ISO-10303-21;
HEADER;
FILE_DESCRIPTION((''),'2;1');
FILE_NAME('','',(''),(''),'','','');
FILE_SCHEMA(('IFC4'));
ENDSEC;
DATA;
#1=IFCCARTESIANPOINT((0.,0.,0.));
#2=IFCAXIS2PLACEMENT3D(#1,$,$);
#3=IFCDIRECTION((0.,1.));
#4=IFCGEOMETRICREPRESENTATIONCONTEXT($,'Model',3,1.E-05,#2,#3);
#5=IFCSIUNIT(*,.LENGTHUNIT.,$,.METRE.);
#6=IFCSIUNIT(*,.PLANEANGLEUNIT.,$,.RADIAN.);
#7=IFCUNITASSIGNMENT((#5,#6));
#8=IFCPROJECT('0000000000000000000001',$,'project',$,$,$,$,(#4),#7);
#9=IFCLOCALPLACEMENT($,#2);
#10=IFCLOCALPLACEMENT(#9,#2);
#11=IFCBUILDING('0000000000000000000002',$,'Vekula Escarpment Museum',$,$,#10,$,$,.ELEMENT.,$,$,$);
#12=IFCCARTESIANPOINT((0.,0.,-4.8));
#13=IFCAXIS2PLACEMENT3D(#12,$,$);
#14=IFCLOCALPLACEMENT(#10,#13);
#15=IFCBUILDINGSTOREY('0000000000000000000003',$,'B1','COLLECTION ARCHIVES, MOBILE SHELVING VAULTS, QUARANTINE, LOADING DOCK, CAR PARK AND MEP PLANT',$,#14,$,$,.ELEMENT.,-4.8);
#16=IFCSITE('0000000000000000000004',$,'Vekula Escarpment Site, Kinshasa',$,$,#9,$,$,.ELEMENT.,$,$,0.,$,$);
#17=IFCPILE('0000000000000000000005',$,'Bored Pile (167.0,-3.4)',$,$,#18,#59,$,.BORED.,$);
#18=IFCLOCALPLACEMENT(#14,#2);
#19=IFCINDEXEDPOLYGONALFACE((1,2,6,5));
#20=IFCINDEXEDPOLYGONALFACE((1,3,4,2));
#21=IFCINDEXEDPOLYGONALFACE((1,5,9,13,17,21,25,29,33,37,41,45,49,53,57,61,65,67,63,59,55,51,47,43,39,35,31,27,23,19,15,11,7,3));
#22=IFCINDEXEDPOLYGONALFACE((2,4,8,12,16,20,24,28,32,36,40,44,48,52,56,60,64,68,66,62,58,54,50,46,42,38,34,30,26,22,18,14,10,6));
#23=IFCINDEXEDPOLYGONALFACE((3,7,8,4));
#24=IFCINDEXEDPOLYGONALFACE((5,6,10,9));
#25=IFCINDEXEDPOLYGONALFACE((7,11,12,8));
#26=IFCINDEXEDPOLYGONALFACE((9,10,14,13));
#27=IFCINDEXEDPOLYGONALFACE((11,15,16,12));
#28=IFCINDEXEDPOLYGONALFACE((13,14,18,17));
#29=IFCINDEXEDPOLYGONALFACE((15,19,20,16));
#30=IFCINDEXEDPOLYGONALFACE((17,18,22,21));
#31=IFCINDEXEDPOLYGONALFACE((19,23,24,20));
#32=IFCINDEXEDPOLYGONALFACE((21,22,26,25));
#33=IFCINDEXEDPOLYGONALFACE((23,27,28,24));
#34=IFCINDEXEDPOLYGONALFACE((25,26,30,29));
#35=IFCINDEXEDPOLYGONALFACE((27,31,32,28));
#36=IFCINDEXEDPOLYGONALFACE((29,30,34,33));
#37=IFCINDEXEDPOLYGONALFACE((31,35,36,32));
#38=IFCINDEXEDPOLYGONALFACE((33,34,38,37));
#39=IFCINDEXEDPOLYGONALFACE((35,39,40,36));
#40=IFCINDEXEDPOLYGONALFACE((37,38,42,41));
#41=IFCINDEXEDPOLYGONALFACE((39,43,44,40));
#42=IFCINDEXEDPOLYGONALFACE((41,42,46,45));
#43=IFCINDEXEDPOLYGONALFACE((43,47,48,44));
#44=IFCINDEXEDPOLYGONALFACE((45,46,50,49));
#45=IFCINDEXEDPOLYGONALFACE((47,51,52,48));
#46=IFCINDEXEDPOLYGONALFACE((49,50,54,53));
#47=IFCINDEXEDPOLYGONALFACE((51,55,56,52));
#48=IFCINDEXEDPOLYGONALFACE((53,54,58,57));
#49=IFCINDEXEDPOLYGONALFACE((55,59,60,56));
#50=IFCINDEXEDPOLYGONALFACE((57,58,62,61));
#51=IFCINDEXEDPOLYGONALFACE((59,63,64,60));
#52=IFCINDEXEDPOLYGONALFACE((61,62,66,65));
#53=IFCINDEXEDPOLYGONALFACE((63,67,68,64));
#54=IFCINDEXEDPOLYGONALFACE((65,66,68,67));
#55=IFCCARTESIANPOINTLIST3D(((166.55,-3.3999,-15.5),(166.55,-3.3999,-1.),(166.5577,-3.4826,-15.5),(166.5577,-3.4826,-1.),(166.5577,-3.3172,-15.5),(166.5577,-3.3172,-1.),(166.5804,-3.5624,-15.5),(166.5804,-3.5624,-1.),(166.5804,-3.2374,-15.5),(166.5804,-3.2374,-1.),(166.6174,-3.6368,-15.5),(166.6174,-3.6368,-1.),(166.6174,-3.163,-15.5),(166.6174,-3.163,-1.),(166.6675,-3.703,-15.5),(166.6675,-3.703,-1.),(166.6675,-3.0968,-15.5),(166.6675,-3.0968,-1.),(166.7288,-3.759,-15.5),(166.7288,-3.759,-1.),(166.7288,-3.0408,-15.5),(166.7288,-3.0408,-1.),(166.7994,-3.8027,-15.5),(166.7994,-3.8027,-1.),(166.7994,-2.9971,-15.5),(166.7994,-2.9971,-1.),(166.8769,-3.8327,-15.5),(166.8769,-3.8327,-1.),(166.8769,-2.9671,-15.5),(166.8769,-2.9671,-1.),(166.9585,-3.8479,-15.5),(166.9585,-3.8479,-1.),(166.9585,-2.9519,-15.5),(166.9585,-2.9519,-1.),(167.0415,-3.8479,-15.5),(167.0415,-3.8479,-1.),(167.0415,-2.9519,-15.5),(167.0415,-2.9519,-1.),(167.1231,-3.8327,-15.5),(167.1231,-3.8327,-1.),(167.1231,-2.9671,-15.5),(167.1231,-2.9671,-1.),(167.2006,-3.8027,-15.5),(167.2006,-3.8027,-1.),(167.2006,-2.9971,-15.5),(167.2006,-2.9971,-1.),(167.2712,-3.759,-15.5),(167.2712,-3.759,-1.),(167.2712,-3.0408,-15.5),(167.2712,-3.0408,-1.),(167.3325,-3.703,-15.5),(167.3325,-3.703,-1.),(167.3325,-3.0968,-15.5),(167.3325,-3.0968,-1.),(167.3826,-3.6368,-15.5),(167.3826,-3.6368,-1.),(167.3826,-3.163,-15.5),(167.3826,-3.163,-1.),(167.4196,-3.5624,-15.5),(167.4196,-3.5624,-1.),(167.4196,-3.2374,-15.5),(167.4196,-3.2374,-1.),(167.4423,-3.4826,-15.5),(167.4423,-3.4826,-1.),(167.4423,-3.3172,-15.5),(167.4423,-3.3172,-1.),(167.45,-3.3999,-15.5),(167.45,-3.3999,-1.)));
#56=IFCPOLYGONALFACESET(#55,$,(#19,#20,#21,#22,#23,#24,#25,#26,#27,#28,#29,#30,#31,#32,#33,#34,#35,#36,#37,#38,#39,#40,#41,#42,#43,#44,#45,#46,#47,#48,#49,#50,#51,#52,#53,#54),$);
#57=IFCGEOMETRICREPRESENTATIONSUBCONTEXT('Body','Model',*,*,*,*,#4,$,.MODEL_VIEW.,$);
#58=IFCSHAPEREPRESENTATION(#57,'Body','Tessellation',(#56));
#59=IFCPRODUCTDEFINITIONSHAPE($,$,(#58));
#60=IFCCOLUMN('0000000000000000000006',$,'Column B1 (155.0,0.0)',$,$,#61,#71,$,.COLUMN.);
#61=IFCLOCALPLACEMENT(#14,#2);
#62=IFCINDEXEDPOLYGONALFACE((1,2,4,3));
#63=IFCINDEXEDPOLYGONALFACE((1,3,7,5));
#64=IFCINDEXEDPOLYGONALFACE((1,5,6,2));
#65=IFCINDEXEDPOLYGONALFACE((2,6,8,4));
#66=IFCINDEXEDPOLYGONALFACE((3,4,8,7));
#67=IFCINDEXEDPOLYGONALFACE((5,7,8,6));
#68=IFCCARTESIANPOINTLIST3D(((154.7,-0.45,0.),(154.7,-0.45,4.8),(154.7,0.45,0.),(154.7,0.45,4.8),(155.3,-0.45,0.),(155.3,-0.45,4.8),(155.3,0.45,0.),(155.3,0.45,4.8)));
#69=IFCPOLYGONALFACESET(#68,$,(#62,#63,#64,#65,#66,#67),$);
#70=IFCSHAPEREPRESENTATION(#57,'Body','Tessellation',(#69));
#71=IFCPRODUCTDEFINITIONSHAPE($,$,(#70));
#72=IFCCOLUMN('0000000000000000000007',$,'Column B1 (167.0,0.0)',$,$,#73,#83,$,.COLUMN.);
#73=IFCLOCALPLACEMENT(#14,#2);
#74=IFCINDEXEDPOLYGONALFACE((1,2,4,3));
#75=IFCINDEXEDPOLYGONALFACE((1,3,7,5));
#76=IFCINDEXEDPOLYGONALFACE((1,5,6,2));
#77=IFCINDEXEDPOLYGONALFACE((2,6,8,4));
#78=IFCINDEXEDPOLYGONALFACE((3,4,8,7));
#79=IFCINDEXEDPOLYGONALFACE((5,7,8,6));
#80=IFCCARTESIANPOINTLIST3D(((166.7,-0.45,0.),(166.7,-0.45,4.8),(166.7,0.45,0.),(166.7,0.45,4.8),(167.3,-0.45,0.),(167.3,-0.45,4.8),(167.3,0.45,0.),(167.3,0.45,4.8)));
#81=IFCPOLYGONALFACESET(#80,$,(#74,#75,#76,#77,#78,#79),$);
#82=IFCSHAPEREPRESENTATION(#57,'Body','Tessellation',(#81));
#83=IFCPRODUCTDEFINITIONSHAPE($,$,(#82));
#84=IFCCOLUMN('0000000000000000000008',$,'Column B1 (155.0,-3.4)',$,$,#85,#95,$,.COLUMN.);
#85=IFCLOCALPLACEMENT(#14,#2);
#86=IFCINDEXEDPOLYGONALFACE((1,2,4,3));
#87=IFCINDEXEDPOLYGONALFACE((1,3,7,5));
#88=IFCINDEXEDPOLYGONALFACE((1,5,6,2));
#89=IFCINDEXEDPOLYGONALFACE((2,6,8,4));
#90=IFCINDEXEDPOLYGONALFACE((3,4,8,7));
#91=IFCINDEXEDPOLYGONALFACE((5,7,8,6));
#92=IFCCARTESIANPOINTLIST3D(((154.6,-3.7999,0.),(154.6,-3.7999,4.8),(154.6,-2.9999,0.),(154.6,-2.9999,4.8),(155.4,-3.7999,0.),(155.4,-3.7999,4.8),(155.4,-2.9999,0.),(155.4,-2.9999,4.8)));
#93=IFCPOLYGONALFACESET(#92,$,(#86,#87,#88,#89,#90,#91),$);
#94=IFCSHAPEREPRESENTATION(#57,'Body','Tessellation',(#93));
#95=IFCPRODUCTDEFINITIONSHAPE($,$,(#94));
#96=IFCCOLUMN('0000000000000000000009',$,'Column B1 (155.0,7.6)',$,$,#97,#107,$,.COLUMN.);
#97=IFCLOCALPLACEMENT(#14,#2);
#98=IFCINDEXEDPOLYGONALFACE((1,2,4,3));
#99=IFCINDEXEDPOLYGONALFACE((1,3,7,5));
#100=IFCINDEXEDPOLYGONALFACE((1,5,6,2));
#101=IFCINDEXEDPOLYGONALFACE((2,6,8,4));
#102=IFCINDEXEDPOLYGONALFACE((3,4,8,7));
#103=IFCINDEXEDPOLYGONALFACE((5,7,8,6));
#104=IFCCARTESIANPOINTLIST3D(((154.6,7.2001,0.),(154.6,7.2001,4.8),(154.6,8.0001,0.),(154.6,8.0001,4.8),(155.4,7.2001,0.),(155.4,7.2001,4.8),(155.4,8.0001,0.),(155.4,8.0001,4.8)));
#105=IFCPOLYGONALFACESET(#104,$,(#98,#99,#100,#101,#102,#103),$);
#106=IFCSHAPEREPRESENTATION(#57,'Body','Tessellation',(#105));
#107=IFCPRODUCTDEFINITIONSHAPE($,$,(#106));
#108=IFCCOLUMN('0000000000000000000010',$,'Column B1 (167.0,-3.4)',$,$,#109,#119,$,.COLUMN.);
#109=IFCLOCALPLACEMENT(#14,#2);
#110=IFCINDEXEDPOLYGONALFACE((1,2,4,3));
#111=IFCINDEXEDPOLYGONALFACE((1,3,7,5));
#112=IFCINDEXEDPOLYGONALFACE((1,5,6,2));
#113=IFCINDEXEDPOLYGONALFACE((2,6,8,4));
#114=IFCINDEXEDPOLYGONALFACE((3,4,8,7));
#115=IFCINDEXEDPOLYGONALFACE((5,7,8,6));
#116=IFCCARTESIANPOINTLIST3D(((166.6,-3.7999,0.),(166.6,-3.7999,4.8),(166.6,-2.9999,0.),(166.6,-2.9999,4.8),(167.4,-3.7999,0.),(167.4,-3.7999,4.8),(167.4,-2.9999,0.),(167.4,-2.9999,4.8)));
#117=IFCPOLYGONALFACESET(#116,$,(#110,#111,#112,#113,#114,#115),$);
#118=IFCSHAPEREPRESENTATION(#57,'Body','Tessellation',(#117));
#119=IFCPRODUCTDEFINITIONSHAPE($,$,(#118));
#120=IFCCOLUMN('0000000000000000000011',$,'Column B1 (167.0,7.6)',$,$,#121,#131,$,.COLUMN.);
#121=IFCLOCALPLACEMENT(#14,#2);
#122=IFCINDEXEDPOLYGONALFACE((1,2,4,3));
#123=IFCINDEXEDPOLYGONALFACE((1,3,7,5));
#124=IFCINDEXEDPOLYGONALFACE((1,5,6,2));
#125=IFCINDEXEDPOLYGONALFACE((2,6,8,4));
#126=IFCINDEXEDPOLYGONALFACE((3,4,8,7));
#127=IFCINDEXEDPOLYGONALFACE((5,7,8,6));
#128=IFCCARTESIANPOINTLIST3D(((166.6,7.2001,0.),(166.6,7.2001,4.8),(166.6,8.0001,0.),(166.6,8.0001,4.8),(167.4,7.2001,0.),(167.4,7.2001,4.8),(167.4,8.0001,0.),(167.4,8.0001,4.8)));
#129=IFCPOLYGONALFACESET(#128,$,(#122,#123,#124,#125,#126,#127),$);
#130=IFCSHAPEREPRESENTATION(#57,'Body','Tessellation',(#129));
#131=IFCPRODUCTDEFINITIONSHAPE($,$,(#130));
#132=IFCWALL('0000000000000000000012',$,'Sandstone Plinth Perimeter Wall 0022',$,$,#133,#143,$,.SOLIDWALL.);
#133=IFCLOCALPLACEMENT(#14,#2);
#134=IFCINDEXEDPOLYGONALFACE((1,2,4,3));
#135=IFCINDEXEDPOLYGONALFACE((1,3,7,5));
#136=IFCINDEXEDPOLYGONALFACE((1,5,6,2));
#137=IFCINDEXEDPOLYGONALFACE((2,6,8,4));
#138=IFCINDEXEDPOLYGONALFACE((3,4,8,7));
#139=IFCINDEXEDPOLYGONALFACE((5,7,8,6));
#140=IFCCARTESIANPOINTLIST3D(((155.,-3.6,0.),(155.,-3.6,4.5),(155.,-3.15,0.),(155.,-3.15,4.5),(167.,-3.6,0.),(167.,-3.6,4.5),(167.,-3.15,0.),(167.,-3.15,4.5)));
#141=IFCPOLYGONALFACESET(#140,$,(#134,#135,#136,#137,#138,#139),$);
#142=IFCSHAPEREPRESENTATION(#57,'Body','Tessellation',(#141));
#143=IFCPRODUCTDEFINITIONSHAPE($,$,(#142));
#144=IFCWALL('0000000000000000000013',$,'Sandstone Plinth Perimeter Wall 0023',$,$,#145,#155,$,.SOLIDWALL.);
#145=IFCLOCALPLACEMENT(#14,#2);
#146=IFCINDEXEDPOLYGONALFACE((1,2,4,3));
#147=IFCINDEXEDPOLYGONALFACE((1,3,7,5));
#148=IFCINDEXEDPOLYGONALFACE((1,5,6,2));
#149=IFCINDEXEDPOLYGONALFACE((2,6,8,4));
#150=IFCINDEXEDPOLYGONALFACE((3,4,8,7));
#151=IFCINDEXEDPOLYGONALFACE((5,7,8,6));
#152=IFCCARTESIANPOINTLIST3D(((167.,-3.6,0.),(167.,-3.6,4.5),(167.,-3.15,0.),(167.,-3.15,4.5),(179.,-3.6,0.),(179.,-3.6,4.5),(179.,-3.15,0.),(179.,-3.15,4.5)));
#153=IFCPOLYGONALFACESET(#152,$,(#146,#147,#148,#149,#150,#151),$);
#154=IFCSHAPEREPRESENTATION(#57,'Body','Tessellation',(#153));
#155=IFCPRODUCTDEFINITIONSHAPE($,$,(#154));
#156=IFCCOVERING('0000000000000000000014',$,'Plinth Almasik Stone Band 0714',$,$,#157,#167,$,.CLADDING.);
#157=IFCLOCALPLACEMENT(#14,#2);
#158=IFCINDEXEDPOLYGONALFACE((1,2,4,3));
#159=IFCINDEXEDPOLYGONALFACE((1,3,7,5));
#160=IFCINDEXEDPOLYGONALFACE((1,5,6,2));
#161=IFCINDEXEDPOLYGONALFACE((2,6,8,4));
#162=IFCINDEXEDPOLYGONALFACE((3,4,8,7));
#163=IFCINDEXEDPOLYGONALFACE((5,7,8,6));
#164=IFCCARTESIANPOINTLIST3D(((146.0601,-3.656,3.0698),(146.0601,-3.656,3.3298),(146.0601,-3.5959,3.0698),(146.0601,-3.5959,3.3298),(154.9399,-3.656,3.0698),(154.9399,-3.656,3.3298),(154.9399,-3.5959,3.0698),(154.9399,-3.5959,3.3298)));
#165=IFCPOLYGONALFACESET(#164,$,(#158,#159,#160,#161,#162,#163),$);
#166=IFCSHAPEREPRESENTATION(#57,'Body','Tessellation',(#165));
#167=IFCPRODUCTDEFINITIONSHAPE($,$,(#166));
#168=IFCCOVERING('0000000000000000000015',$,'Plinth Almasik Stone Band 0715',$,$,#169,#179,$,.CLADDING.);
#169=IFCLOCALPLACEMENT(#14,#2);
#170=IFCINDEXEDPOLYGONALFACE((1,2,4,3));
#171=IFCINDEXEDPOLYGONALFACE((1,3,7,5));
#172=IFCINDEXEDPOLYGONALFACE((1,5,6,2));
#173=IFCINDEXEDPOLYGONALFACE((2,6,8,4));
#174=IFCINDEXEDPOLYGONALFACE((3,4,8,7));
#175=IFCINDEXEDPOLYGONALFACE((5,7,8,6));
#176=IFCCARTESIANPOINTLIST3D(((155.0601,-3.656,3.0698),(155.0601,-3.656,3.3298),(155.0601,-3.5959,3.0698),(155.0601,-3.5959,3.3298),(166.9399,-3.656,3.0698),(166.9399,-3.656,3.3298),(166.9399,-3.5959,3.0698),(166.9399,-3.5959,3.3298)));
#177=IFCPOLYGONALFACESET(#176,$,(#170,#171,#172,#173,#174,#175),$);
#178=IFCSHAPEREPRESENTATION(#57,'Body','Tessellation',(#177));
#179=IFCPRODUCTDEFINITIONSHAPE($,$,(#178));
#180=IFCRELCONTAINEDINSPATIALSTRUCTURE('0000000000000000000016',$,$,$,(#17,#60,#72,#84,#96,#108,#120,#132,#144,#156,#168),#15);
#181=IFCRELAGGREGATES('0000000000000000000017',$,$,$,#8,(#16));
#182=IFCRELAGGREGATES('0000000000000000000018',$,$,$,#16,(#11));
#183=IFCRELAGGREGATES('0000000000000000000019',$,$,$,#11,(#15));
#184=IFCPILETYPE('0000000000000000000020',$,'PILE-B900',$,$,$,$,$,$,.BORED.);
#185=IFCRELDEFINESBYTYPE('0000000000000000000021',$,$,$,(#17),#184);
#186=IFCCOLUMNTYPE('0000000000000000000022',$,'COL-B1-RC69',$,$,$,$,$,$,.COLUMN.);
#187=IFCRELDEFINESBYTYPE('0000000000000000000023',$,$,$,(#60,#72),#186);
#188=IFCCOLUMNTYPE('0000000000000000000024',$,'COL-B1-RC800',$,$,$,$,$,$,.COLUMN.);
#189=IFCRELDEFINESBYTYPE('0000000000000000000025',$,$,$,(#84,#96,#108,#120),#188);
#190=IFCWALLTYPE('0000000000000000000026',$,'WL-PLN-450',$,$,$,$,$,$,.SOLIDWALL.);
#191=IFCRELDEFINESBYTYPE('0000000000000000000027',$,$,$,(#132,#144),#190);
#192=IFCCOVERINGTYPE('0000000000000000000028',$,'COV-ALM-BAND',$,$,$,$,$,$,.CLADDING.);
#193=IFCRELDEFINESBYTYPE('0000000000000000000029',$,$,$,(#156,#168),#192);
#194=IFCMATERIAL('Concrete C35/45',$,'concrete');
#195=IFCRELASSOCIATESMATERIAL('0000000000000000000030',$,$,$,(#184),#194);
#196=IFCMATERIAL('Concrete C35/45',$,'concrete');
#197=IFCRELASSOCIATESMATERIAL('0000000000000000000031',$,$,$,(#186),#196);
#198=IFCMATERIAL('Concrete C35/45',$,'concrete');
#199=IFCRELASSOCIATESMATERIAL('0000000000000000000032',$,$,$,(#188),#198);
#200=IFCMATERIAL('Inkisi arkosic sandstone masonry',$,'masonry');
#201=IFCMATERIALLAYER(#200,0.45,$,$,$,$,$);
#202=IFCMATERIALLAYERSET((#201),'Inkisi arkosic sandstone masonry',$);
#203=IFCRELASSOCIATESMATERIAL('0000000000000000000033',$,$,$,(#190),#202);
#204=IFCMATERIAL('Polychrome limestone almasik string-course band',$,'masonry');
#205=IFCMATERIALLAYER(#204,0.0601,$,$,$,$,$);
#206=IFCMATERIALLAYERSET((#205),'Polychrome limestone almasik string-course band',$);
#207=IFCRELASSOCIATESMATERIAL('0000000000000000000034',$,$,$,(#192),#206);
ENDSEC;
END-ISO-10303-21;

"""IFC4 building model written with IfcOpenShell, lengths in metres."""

from ifc_helpers import new_model, si_unit, direction, frame, frame_2d, origin, origin_2d, place, context, subcontext, project, spatial, rectangle, circle, extrude, material, layer, layer_set, material_profile, profile_set, type_object, element, save


model = new_model("IFC4")

# Units and contexts
model_context = context("Model", 3, precision=1e-05, world=origin(), true_north=direction((0.0, 1.0)))
body_context = subcontext(model_context, "Body", "Model", "MODEL_VIEW")
ifc_project = project(units=[si_unit("LENGTHUNIT", "METRE"), si_unit("PLANEANGLEUNIT", "RADIAN")], contexts=[model_context])

# Site, building, storey
site_placement = place(None, origin())
site = spatial("IfcSite", under=ifc_project, at=site_placement, Name="Vekula Escarpment Site, Kinshasa", CompositionType="ELEMENT", RefElevation=0.0)
building_placement = place(site_placement, origin())
building = spatial("IfcBuilding", under=site, at=building_placement, Name="Vekula Escarpment Museum", CompositionType="ELEMENT")
storey_placement = place(building_placement, frame((0.0, 0.0, -4.8)))
storey = spatial("IfcBuildingStorey", under=building, at=storey_placement, Name="B1", Description="COLLECTION ARCHIVES, MOBILE SHELVING VAULTS, QUARANTINE, LOADING DOCK, CAR PARK AND MEP PLANT", CompositionType="ELEMENT", Elevation=-4.8)

# Pile
ifc_material_1 = material(Name="Concrete C35/45", Category="concrete")
ifc_material_profile_1 = material_profile(ifc_material_1, circle(Radius=0.45, at=origin_2d()), Name="BORED PILE 900")
ifc_profile_set_1 = profile_set([ifc_material_profile_1], Name="Concrete C35/45")
pile_type = type_object("IfcPileType", Name="PILE-B900", PredefinedType="BORED", material=ifc_profile_set_1)
for number, where, z_axis, x_axis, name in (
    (1, (167.0, -3.3999, -1.0), (0.0, 0.0, -1.0), (1.0, 0.0, 0.0), "Bored Pile (167.0,-3.4)"),
):
    element("IfcPile", number, at=place(storey_placement, frame(where, z_axis=z_axis, x_axis=x_axis)), inside=storey, type_object=pile_type, Name=name, PredefinedType="BORED", context=body_context, shape_type="SweptSolid", body=[
        extrude(circle(Radius=0.45, at=origin_2d()), origin(), (0.0, 0.0, 1.0), 14.5),
    ])

# Columns
ifc_material_2 = material(Name="Concrete C35/45", Category="concrete")
ifc_material_profile_2 = material_profile(ifc_material_2, rectangle(XDim=0.6001, YDim=0.8999, at=origin_2d()), Name="RC 600x900")
ifc_profile_set_2 = profile_set([ifc_material_profile_2], Name="Concrete C35/45")
column_type_1 = type_object("IfcColumnType", Name="COL-B1-RC69", PredefinedType="COLUMN", material=ifc_profile_set_2)
for number, where, z_axis, x_axis, name in (
    (2, (155.0, 0.0, 0.0), (0.0, 0.0, 1.0), (1.0, 0.0, 0.0), "Column B1 (155.0,0.0)"),
    (3, (167.0, 0.0, 0.0), (0.0, 0.0, 1.0), (1.0, 0.0, 0.0), "Column B1 (167.0,0.0)"),
):
    element("IfcColumn", number, at=place(storey_placement, frame(where, z_axis=z_axis, x_axis=x_axis)), inside=storey, type_object=column_type_1, Name=name, PredefinedType="COLUMN", context=body_context, shape_type="SweptSolid", body=[
        extrude(rectangle(XDim=0.6001, YDim=0.8999, at=origin_2d()), origin(), (0.0, 0.0, 1.0), 4.8),
    ])
ifc_material_3 = material(Name="Concrete C35/45", Category="concrete")
ifc_material_profile_3 = material_profile(ifc_material_3, rectangle(XDim=0.8, YDim=0.8, at=origin_2d()), Name="RC 800x800")
ifc_profile_set_3 = profile_set([ifc_material_profile_3], Name="Concrete C35/45")
column_type_2 = type_object("IfcColumnType", Name="COL-B1-RC800", PredefinedType="COLUMN", material=ifc_profile_set_3)
for number, where, z_axis, x_axis, name in (
    (4, (155.0, -3.3999, 0.0), (0.0, 0.0, 1.0), (1.0, 0.0, 0.0), "Column B1 (155.0,-3.4)"),
    (5, (155.0, 7.6001, 0.0), (0.0, 0.0, 1.0), (1.0, 0.0, 0.0), "Column B1 (155.0,7.6)"),
    (6, (167.0, -3.3999, 0.0), (0.0, 0.0, 1.0), (1.0, 0.0, 0.0), "Column B1 (167.0,-3.4)"),
    (7, (167.0, 7.6001, 0.0), (0.0, 0.0, 1.0), (1.0, 0.0, 0.0), "Column B1 (167.0,7.6)"),
):
    element("IfcColumn", number, at=place(storey_placement, frame(where, z_axis=z_axis, x_axis=x_axis)), inside=storey, type_object=column_type_2, Name=name, PredefinedType="COLUMN", context=body_context, shape_type="SweptSolid", body=[
        extrude(rectangle(XDim=0.8, YDim=0.8, at=origin_2d()), origin(), (0.0, 0.0, 1.0), 4.8),
    ])

# Walls
ifc_material_4 = material(Name="Inkisi arkosic sandstone masonry", Category="masonry")
ifc_layer_1 = layer(ifc_material_4, 0.45)
ifc_layer_set_1 = layer_set([ifc_layer_1], Name="Inkisi arkosic sandstone masonry")
wall_type = type_object("IfcWallType", Name="WL-PLN-450", PredefinedType="SOLIDWALL", material=ifc_layer_set_1)
for number, where, z_axis, x_axis, name in (
    (8, (155.0, -3.375, 0.0), (0.0, 0.0, 1.0), (1.0, 0.0, 0.0), "Sandstone Plinth Perimeter Wall 0022"),
    (9, (167.0, -3.375, 0.0), (0.0, 0.0, 1.0), (1.0, 0.0, 0.0), "Sandstone Plinth Perimeter Wall 0023"),
):
    element("IfcWall", number, at=place(storey_placement, frame(where, z_axis=z_axis, x_axis=x_axis)), inside=storey, type_object=wall_type, Name=name, PredefinedType="SOLIDWALL", context=body_context, shape_type="SweptSolid", body=[
        extrude(rectangle(XDim=12.0, YDim=0.45, at=frame_2d((6.0, 0.0))), origin(), (0.0, 0.0, 1.0), 4.5),
    ])

# Coverings
ifc_material_5 = material(Name="Polychrome limestone almasik string-course band", Category="masonry")
ifc_layer_2 = layer(ifc_material_5, 0.0601)
ifc_layer_set_2 = layer_set([ifc_layer_2], Name="Polychrome limestone almasik string-course band")
covering_type = type_object("IfcCoveringType", Name="COV-ALM-BAND", PredefinedType="CLADDING", material=ifc_layer_set_2)
covering_1_placement = place(storey_placement, frame((150.5, -3.626, 3.0698), z_axis=(0.0, 0.0, 1.0), x_axis=(1.0, 0.0, 0.0)))
element("IfcCovering", 10, at=covering_1_placement, inside=storey, type_object=covering_type, Name="Plinth Almasik Stone Band 0714", PredefinedType="CLADDING", context=body_context, shape_type="SweptSolid", body=[
    extrude(rectangle(XDim=8.8799, YDim=0.0601, at=origin_2d()), origin(), (0.0, 0.0, 1.0), 0.26),
])
covering_2_placement = place(storey_placement, frame((161.0, -3.626, 3.0698), z_axis=(0.0, 0.0, 1.0), x_axis=(1.0, 0.0, 0.0)))
element("IfcCovering", 11, at=covering_2_placement, inside=storey, type_object=covering_type, Name="Plinth Almasik Stone Band 0715", PredefinedType="CLADDING", context=body_context, shape_type="SweptSolid", body=[
    extrude(rectangle(XDim=11.8799, YDim=0.0601, at=origin_2d()), origin(), (0.0, 0.0, 1.0), 0.26),
])

save(model, "model.ifc")
